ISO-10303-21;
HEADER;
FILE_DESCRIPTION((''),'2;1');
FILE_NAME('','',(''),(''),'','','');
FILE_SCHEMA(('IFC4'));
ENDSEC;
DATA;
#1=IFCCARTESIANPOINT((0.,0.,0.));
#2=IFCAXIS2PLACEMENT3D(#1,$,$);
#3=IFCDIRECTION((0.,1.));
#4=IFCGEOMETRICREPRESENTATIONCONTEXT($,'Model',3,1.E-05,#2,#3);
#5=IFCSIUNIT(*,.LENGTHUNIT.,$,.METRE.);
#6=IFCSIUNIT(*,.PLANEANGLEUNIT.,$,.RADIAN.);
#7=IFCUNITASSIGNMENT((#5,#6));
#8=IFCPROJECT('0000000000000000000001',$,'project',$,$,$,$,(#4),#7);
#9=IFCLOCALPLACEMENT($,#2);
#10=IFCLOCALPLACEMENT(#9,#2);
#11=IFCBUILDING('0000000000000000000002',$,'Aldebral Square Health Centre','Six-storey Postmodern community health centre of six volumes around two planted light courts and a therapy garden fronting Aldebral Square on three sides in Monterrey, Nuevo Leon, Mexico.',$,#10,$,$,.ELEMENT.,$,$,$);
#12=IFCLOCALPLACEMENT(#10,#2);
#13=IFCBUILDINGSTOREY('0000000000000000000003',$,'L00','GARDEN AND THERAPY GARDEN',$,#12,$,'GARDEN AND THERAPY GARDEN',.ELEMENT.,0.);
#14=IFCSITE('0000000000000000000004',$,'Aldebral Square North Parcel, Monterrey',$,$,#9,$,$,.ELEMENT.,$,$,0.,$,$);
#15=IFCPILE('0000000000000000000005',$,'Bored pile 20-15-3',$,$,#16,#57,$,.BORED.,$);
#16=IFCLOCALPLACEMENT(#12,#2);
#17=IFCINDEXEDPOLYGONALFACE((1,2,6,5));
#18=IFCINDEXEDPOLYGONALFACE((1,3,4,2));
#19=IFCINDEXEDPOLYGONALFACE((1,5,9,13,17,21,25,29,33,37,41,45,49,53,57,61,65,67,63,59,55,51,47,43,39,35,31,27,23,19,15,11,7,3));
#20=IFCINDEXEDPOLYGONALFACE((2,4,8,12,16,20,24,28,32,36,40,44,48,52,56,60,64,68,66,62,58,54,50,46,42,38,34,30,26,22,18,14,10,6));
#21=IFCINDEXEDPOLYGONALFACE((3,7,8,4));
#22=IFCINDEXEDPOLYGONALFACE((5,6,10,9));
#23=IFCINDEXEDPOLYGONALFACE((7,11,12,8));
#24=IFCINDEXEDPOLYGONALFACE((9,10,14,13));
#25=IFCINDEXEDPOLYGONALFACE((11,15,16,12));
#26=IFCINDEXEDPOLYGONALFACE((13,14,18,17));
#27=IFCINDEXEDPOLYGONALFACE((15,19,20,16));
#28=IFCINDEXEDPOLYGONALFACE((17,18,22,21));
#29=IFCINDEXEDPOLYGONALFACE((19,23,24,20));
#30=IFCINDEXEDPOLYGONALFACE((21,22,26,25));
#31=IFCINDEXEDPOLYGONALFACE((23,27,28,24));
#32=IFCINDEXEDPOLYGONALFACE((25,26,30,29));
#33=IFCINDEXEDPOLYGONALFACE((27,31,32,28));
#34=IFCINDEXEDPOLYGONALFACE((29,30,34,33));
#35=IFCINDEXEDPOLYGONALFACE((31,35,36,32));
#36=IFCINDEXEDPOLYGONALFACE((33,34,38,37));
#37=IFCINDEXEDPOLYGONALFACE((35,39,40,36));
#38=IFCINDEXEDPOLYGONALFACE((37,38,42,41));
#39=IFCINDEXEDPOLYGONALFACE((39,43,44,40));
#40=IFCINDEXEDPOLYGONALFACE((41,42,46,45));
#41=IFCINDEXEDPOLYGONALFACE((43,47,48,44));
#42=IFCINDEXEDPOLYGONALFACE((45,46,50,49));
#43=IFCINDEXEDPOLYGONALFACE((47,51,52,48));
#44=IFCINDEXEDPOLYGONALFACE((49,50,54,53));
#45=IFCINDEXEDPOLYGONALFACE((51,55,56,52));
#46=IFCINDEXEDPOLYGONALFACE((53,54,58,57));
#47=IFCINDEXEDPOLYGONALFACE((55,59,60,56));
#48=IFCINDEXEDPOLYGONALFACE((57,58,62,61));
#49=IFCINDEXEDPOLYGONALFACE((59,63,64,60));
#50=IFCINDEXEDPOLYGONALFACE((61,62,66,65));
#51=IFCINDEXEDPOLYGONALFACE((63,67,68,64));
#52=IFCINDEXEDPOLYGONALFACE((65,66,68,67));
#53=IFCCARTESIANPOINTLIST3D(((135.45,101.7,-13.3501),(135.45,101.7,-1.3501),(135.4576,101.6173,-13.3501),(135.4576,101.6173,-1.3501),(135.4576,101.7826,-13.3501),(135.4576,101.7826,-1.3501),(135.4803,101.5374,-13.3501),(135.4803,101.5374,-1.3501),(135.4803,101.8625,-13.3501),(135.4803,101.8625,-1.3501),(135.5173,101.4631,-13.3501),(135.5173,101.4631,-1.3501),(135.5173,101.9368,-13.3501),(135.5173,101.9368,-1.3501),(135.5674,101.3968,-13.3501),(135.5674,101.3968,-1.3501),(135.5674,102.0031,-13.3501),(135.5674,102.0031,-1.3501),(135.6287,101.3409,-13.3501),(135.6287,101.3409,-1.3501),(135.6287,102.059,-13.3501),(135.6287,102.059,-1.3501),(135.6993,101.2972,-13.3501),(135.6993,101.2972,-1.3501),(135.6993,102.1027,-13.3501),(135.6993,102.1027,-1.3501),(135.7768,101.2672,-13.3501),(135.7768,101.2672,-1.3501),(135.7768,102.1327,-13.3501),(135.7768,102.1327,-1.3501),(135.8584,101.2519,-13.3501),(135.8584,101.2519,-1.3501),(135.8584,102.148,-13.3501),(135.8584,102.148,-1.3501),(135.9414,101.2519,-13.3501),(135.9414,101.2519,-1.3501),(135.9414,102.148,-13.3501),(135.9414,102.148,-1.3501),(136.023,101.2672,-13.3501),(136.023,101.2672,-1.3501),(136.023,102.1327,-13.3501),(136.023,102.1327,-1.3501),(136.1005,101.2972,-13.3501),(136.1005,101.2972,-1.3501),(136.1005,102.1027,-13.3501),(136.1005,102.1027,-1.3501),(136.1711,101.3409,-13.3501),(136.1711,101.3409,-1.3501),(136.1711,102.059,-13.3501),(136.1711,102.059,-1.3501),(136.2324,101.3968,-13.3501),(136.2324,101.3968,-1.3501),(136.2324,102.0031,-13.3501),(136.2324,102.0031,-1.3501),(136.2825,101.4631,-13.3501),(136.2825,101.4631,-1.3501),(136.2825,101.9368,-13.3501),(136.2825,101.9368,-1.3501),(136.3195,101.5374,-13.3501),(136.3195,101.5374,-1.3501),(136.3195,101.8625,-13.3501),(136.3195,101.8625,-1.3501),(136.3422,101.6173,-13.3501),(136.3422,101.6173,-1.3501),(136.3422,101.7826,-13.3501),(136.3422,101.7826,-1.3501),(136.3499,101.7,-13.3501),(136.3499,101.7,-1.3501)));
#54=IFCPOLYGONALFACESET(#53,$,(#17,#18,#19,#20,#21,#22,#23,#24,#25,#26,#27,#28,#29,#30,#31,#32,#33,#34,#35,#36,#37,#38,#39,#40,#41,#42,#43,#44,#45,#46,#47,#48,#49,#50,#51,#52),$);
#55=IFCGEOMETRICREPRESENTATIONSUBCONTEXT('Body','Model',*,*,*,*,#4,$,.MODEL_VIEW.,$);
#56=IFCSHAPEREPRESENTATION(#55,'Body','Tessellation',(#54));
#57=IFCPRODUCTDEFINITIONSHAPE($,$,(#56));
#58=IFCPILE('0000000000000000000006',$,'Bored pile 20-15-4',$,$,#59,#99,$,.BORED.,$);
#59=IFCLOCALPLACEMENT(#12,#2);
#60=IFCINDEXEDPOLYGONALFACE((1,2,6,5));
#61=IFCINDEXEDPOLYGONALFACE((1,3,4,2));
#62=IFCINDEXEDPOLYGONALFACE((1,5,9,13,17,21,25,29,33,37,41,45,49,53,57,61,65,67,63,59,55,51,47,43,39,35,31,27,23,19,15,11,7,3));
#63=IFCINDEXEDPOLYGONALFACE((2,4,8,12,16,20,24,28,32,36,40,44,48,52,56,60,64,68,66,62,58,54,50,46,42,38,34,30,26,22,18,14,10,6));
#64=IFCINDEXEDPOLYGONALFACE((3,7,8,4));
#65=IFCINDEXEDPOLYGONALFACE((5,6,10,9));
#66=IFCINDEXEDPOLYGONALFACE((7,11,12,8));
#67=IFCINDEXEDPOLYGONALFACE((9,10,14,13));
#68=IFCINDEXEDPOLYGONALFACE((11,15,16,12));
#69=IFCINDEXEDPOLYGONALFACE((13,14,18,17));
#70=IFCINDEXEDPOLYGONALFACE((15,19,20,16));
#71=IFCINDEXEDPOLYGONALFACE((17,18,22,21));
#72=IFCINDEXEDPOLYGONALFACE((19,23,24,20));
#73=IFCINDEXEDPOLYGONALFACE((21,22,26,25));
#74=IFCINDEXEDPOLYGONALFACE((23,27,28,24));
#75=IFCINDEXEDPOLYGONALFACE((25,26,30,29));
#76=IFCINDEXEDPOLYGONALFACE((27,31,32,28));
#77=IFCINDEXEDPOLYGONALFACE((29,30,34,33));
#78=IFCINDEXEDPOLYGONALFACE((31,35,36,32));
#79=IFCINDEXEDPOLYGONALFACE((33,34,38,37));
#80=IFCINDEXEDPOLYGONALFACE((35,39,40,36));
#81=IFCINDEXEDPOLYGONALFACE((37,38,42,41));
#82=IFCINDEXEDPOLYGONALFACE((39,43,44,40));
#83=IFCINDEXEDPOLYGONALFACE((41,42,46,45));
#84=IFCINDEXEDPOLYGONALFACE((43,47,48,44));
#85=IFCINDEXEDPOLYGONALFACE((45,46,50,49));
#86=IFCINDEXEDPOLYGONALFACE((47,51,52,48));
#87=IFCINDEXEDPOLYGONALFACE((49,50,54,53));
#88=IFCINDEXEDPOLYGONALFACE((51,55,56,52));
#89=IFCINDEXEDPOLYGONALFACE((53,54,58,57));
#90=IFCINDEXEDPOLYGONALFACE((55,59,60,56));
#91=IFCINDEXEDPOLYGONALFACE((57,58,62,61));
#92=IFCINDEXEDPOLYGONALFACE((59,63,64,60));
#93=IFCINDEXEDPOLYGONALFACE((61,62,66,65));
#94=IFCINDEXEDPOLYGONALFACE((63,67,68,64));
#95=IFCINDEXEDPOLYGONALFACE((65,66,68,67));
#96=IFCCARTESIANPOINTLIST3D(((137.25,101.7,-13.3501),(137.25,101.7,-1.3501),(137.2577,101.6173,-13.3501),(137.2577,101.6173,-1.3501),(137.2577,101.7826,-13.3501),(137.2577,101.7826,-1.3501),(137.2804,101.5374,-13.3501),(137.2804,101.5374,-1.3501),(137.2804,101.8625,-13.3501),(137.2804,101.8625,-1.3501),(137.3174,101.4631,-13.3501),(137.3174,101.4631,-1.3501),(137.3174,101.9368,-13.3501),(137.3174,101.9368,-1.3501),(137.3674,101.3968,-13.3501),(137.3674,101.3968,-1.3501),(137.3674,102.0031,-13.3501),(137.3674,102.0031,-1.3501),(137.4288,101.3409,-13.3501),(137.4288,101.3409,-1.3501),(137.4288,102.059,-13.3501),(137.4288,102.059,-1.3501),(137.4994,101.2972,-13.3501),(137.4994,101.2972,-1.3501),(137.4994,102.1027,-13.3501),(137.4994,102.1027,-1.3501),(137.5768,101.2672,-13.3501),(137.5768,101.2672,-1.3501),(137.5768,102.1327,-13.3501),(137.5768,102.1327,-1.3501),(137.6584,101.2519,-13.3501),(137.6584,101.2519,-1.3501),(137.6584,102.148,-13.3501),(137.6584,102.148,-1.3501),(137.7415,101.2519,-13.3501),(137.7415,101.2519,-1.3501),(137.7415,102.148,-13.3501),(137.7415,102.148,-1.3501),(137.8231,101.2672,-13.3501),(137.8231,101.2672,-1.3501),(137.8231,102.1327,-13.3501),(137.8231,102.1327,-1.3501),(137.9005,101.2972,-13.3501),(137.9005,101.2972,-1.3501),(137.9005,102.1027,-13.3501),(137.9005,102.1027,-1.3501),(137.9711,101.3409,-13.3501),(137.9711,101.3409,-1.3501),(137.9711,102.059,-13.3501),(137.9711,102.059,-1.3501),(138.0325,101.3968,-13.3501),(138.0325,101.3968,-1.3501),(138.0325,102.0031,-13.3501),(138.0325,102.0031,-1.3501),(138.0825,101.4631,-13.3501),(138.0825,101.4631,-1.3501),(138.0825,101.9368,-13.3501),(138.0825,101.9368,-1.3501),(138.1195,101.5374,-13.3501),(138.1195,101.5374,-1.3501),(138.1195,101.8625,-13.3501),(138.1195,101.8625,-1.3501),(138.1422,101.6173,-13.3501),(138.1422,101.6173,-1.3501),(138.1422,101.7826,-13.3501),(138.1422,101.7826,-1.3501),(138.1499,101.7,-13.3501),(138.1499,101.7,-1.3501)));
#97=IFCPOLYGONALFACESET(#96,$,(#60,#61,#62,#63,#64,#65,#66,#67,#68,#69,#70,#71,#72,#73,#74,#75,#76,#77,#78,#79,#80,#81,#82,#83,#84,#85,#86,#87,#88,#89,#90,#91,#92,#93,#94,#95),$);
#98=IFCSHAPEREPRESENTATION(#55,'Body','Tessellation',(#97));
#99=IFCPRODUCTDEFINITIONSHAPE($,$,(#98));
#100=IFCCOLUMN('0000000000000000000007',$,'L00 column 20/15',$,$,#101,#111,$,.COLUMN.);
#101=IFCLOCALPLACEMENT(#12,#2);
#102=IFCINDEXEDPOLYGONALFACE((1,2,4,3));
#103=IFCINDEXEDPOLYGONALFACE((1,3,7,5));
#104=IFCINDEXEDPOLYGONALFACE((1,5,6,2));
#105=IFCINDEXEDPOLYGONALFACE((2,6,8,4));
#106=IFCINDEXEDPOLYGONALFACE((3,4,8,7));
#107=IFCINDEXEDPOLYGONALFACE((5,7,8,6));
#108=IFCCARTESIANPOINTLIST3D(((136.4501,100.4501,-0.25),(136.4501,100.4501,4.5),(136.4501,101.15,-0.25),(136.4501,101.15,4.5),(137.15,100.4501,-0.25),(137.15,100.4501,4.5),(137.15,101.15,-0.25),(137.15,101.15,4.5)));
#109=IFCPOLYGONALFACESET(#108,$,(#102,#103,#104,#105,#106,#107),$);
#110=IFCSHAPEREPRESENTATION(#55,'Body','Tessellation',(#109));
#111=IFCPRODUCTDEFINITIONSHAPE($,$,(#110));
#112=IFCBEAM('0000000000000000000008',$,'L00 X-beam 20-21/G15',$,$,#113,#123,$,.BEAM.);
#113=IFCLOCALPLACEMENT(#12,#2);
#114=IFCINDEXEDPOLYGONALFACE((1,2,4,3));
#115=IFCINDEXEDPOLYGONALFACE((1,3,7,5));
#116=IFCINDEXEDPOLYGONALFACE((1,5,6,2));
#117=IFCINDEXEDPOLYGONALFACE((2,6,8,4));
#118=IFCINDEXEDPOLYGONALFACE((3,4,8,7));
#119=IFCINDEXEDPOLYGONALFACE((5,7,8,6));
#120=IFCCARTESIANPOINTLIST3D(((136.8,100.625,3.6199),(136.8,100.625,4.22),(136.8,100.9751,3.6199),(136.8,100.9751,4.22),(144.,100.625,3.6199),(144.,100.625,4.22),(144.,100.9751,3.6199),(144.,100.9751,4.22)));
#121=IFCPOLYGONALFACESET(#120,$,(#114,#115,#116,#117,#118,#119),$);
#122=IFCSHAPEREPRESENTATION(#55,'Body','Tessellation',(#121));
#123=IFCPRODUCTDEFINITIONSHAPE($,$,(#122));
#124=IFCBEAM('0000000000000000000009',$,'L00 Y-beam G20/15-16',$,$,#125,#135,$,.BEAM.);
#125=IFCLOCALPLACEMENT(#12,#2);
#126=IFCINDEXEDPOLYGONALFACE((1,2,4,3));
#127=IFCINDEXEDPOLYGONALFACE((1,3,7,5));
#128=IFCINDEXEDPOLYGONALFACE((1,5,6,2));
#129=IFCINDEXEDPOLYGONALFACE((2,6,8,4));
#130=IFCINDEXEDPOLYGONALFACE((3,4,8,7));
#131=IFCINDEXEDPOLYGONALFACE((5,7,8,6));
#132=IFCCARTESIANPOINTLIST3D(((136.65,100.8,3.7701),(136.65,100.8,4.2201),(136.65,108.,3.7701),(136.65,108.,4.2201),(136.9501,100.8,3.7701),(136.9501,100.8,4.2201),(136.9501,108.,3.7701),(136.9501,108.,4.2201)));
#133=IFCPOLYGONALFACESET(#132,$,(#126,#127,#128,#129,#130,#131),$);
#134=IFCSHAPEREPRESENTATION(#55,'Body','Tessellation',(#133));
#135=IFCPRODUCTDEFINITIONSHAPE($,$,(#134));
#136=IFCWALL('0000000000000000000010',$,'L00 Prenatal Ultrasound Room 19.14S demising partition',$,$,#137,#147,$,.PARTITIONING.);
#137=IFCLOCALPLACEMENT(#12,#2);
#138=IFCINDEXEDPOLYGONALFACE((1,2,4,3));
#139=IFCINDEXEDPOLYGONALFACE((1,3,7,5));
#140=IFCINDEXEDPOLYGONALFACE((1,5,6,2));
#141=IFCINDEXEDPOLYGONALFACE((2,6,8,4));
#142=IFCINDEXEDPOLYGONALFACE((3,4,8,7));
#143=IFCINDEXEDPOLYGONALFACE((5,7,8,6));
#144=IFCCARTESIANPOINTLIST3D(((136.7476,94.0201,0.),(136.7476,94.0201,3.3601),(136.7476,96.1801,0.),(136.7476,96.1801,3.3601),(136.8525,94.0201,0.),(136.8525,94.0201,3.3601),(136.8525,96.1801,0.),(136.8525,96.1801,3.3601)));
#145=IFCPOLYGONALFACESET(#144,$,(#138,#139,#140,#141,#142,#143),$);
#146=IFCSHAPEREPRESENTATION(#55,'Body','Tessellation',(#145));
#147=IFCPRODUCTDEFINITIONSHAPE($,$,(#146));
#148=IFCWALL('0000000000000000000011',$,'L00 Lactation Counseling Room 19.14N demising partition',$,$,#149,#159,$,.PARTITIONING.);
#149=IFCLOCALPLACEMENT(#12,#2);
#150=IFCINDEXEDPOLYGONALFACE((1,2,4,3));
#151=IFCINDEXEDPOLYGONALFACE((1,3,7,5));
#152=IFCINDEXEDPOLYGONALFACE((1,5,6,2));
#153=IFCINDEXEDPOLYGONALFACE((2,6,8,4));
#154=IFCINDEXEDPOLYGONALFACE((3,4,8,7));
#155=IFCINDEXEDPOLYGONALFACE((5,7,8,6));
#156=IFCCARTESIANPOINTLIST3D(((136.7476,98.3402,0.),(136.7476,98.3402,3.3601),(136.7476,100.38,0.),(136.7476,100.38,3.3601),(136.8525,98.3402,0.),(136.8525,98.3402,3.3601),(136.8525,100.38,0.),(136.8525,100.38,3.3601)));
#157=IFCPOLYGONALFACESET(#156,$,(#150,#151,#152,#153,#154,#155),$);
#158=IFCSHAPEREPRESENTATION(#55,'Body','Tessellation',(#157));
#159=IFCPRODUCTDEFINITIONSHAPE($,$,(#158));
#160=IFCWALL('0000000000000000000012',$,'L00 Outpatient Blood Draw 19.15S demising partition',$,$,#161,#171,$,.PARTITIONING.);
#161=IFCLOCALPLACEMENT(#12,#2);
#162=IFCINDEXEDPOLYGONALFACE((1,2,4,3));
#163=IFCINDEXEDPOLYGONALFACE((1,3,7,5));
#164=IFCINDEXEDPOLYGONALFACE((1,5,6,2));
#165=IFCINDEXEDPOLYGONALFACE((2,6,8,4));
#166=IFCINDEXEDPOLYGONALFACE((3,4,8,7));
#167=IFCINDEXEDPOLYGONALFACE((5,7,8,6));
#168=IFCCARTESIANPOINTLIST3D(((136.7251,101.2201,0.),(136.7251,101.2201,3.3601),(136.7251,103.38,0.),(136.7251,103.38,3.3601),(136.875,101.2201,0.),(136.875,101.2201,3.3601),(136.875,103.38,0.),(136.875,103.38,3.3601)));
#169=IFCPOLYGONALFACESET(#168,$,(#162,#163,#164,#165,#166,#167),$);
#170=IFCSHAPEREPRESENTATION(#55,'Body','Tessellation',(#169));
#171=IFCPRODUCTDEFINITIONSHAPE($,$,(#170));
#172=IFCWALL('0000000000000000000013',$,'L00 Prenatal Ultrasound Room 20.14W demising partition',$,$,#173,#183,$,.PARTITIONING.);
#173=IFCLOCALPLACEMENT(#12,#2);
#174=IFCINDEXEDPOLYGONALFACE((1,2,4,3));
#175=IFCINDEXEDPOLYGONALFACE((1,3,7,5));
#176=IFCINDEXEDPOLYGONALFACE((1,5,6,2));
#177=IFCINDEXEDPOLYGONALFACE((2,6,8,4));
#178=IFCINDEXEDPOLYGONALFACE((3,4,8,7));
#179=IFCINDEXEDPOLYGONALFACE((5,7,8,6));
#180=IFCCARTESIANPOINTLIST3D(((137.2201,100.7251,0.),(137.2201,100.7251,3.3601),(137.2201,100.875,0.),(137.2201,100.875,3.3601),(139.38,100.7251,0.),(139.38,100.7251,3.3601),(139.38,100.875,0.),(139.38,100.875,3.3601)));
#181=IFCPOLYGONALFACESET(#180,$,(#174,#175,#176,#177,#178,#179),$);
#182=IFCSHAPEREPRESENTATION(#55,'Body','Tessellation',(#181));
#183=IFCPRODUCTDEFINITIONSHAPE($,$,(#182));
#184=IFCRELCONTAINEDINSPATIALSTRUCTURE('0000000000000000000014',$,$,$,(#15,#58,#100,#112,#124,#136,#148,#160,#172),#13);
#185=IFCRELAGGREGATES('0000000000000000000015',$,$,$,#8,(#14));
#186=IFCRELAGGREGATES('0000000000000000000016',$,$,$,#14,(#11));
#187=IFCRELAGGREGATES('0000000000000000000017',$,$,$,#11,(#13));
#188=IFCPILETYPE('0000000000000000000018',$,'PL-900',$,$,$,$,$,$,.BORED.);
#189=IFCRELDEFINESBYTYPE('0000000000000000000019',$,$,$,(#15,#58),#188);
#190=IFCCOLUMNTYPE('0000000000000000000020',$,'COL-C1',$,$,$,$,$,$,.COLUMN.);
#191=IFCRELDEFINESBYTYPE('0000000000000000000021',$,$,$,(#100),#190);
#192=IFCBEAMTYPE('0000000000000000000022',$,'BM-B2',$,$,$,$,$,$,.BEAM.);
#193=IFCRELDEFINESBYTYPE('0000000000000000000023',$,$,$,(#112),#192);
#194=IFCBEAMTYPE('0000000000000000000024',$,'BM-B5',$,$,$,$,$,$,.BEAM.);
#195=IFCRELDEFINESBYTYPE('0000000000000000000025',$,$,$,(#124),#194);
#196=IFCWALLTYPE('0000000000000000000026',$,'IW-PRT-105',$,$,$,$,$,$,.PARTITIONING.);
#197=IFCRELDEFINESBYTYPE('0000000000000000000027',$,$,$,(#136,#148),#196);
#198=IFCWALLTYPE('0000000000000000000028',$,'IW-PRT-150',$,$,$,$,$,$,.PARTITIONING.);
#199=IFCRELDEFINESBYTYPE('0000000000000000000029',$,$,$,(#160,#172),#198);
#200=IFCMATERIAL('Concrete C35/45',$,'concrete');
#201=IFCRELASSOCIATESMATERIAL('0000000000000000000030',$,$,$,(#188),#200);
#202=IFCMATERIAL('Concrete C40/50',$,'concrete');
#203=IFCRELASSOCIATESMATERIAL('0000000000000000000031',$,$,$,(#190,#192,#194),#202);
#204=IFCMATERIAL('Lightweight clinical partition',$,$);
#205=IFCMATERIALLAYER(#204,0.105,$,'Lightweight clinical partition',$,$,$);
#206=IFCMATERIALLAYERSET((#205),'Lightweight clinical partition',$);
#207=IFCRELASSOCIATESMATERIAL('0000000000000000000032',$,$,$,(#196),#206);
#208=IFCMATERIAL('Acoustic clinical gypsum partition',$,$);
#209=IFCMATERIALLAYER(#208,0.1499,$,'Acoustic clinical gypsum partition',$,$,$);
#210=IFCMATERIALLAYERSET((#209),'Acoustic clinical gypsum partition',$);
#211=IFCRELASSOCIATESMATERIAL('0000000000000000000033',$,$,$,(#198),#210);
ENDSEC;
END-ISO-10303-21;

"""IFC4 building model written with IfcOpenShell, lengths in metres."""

from ifc_helpers import new_model, si_unit, direction, frame, frame_2d, origin, origin_2d, place, context, subcontext, project, spatial, rectangle, circle, extrude, material, layer, layer_set, material_profile, profile_set, type_object, element, save


model = new_model("IFC4")

# Units and contexts
model_context = context("Model", 3, precision=1e-05, world=origin(), true_north=direction((0.0, 1.0)))
body_context = subcontext(model_context, "Body", "Model", "MODEL_VIEW")
ifc_project = project(units=[si_unit("LENGTHUNIT", "METRE"), si_unit("PLANEANGLEUNIT", "RADIAN")], contexts=[model_context])

# Site, building, storey
site_placement = place(None, origin())
site = spatial("IfcSite", under=ifc_project, at=site_placement, Name="Aldebral Square North Parcel, Monterrey", CompositionType="ELEMENT", RefElevation=0.0)
building_placement = place(site_placement, origin())
building = spatial("IfcBuilding", under=site, at=building_placement, Name="Aldebral Square Health Centre", Description="Six-storey Postmodern community health centre of six volumes around two planted light courts and a therapy garden fronting Aldebral Square on three sides in Monterrey, Nuevo Leon, Mexico.", CompositionType="ELEMENT")
storey_placement = place(building_placement, origin())
storey = spatial("IfcBuildingStorey", under=building, at=storey_placement, Name="L00", Description="GARDEN AND THERAPY GARDEN", LongName="GARDEN AND THERAPY GARDEN", CompositionType="ELEMENT", Elevation=0.0)

# Shared definitions
ifc_material_1 = material(Name="Concrete C35/45", Category="concrete")

# Piles
ifc_material_profile_1 = material_profile(ifc_material_1, circle(Radius=0.45, at=origin_2d()), Name="PILE D900")
ifc_profile_set_1 = profile_set([ifc_material_profile_1], Name="Concrete C35/45")
pile_type_1 = type_object("IfcPileType", Name="PL-900", PredefinedType="BORED", material=ifc_profile_set_1)
for number, where, z_axis, x_axis, name in (
    (1, (135.8999, 101.7, -1.3501), (0.0, 0.0, -1.0), (1.0, 0.0, 0.0), "Bored pile 20-15-3"),
    (2, (137.7, 101.7, -1.3501), (0.0, 0.0, -1.0), (1.0, 0.0, 0.0), "Bored pile 20-15-4"),
):
    element("IfcPile", number, at=place(storey_placement, frame(where, z_axis=z_axis, x_axis=x_axis)), inside=storey, type_object=pile_type_1, Name=name, PredefinedType="BORED", context=body_context, shape_type="SweptSolid", body=[
        extrude(circle(Radius=0.45, at=origin_2d()), origin(), (0.0, 0.0, 1.0), 12.0),
    ])

# Column
ifc_material_2 = material(Name="Concrete C40/50", Category="concrete")
ifc_material_profile_2 = material_profile(ifc_material_2, rectangle(XDim=0.7, YDim=0.7, at=origin_2d()), Name="RC 700x700")
ifc_profile_set_2 = profile_set([ifc_material_profile_2], Name="Concrete C40/50")
column_type = type_object("IfcColumnType", Name="COL-C1", PredefinedType="COLUMN", material=ifc_profile_set_2)
column_placement = place(storey_placement, frame((136.8, 100.8, -0.25), z_axis=(0.0, 0.0, 1.0), x_axis=(1.0, 0.0, 0.0)))
element("IfcColumn", 3, at=column_placement, inside=storey, type_object=column_type, Name="L00 column 20/15", PredefinedType="COLUMN", context=body_context, shape_type="SweptSolid", body=[
    extrude(rectangle(XDim=0.7, YDim=0.7, at=origin_2d()), origin(), (0.0, 0.0, 1.0), 4.75),
])

# Beams
ifc_material_profile_3 = material_profile(ifc_material_2, rectangle(XDim=0.3501, YDim=0.6001, at=origin_2d()), Name="RC 350x600")
ifc_profile_set_3 = profile_set([ifc_material_profile_3], Name="Concrete C40/50")
beam_type_1 = type_object("IfcBeamType", Name="BM-B2", PredefinedType="BEAM", material=ifc_profile_set_3)
beam_1_placement = place(storey_placement, frame((136.8, 100.8, 3.9199), z_axis=(1.0, 0.0, 0.0), x_axis=(0.0, 1.0, 0.0)))
element("IfcBeam", 4, at=beam_1_placement, inside=storey, type_object=beam_type_1, Name="L00 X-beam 20-21/G15", PredefinedType="BEAM", context=body_context, shape_type="SweptSolid", body=[
    extrude(rectangle(XDim=0.3501, YDim=0.6001, at=origin_2d()), origin(), (0.0, 0.0, 1.0), 7.2),
])
ifc_material_profile_4 = material_profile(ifc_material_2, rectangle(XDim=0.3, YDim=0.45, at=origin_2d()), Name="RC 300x450")
ifc_profile_set_4 = profile_set([ifc_material_profile_4], Name="Concrete C40/50")
beam_type_2 = type_object("IfcBeamType", Name="BM-B5", PredefinedType="BEAM", material=ifc_profile_set_4)
beam_2_placement = place(storey_placement, frame((136.8, 100.8, 3.9951), z_axis=(0.0, 1.0, 0.0), x_axis=(-1.0, 0.0, 0.0)))
element("IfcBeam", 5, at=beam_2_placement, inside=storey, type_object=beam_type_2, Name="L00 Y-beam G20/15-16", PredefinedType="BEAM", context=body_context, shape_type="SweptSolid", body=[
    extrude(rectangle(XDim=0.3, YDim=0.45, at=origin_2d()), origin(), (0.0, 0.0, 1.0), 7.2),
])

# Walls
ifc_material_3 = material(Name="Lightweight clinical partition")
ifc_layer_1 = layer(ifc_material_3, 0.105, Name="Lightweight clinical partition")
ifc_layer_set_1 = layer_set([ifc_layer_1], Name="Lightweight clinical partition")
wall_type_1 = type_object("IfcWallType", Name="IW-PRT-105", PredefinedType="PARTITIONING", material=ifc_layer_set_1)
wall_1_placement = place(storey_placement, frame((136.8, 94.02, 0.0), z_axis=(0.0, 0.0, 1.0), x_axis=(0.0, 1.0, 0.0)))
element("IfcWall", 6, at=wall_1_placement, inside=storey, type_object=wall_type_1, Name="L00 Prenatal Ultrasound Room 19.14S demising partition", PredefinedType="PARTITIONING", context=body_context, shape_type="SweptSolid", body=[
    extrude(rectangle(XDim=2.1599, YDim=0.105, at=frame_2d((1.0801, 0.0))), origin(), (0.0, 0.0, 1.0), 3.3601),
])
wall_2_placement = place(storey_placement, frame((136.8, 98.3401, 0.0), z_axis=(0.0, 0.0, 1.0), x_axis=(0.0, 1.0, 0.0)))
element("IfcWall", 7, at=wall_2_placement, inside=storey, type_object=wall_type_1, Name="L00 Lactation Counseling Room 19.14N demising partition", PredefinedType="PARTITIONING", context=body_context, shape_type="SweptSolid", body=[
    extrude(rectangle(XDim=2.0398, YDim=0.105, at=frame_2d((1.02, 0.0))), origin(), (0.0, 0.0, 1.0), 3.3601),
])
ifc_material_4 = material(Name="Acoustic clinical gypsum partition")
ifc_layer_2 = layer(ifc_material_4, 0.1499, Name="Acoustic clinical gypsum partition")
ifc_layer_set_2 = layer_set([ifc_layer_2], Name="Acoustic clinical gypsum partition")
wall_type_2 = type_object("IfcWallType", Name="IW-PRT-150", PredefinedType="PARTITIONING", material=ifc_layer_set_2)
for number, where, z_axis, x_axis, name in (
    (8, (136.8, 101.22, 0.0), (0.0, 0.0, 1.0), (0.0, 1.0, 0.0), "L00 Outpatient Blood Draw 19.15S demising partition"),
    (9, (137.22, 100.8, 0.0), (0.0, 0.0, 1.0), (1.0, 0.0, 0.0), "L00 Prenatal Ultrasound Room 20.14W demising partition"),
):
    element("IfcWall", number, at=place(storey_placement, frame(where, z_axis=z_axis, x_axis=x_axis)), inside=storey, type_object=wall_type_2, Name=name, PredefinedType="PARTITIONING", context=body_context, shape_type="SweptSolid", body=[
        extrude(rectangle(XDim=2.1599, YDim=0.1499, at=frame_2d((1.0801, 0.0))), origin(), (0.0, 0.0, 1.0), 3.3601),
    ])

save(model, "model.ifc")
